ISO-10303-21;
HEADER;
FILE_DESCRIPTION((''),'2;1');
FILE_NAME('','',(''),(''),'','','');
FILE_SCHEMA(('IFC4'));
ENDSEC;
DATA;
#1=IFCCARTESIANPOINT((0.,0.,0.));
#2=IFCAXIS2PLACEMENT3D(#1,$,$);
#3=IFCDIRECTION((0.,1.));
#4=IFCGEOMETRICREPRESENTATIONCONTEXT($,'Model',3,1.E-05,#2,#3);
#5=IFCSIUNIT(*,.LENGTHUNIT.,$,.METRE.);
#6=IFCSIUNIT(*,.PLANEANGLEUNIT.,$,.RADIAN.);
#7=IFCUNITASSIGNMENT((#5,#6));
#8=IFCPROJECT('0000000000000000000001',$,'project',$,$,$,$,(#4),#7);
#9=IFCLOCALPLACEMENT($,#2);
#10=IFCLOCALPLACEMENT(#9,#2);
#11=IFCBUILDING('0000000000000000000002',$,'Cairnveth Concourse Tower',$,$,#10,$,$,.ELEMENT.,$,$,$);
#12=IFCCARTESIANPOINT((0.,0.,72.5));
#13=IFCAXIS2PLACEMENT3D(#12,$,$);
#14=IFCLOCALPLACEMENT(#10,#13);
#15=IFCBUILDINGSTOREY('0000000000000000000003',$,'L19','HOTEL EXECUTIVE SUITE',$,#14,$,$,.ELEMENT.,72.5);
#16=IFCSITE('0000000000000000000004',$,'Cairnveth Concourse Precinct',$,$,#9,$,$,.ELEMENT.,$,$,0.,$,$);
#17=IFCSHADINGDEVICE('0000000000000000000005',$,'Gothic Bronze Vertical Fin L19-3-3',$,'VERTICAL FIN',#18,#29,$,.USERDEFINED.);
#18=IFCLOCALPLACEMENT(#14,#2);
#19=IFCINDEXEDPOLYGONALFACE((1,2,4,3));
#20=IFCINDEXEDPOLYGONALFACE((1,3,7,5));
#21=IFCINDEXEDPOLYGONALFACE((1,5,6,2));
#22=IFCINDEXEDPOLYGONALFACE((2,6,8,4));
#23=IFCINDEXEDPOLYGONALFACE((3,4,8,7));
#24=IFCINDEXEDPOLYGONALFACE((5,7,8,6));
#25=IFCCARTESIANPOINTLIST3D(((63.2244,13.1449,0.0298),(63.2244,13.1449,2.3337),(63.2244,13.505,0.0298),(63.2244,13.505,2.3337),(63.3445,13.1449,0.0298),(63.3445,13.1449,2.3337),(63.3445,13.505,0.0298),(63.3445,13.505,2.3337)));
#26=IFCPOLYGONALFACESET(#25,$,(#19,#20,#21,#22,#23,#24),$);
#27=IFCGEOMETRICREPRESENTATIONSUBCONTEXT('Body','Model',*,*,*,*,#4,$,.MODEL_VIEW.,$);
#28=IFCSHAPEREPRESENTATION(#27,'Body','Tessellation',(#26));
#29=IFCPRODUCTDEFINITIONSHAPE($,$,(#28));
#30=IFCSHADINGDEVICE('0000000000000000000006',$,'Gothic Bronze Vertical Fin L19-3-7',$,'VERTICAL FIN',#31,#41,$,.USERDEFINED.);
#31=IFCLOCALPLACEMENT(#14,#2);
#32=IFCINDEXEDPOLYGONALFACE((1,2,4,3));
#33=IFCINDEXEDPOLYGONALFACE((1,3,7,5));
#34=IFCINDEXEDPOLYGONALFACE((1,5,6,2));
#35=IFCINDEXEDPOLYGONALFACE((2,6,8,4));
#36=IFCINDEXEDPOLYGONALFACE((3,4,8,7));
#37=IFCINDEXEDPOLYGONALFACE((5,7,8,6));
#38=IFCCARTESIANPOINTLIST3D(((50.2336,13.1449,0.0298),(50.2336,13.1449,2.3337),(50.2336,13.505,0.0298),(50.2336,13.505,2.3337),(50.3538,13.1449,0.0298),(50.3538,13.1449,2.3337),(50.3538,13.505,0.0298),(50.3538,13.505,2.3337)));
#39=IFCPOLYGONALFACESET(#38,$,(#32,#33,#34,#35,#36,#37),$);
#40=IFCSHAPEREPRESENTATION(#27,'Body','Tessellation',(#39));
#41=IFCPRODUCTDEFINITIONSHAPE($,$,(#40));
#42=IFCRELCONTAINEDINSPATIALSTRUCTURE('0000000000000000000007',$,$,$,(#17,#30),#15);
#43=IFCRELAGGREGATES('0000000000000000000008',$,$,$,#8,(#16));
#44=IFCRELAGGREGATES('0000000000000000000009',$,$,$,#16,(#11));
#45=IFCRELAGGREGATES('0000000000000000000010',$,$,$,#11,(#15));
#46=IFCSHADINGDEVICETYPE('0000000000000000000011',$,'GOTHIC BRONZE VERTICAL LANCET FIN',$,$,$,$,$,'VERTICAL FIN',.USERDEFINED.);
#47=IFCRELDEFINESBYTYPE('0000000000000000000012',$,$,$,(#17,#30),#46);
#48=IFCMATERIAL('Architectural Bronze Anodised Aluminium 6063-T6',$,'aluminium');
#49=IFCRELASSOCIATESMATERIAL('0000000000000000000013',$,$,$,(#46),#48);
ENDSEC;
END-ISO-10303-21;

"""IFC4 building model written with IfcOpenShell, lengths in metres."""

from ifc_helpers import new_model, si_unit, direction, frame, origin, origin_2d, place, context, subcontext, project, spatial, rectangle, extrude, material, type_object, element, save


model = new_model("IFC4")

# Units and contexts
model_context = context("Model", 3, precision=1e-05, world=origin(), true_north=direction((0.0, 1.0)))
body_context = subcontext(model_context, "Body", "Model", "MODEL_VIEW")
ifc_project = project(units=[si_unit("LENGTHUNIT", "METRE"), si_unit("PLANEANGLEUNIT", "RADIAN")], contexts=[model_context])

# Site, building, storey
site_placement = place(None, origin())
site = spatial("IfcSite", under=ifc_project, at=site_placement, Name="Cairnveth Concourse Precinct", CompositionType="ELEMENT", RefElevation=0.0)
building_placement = place(site_placement, origin())
building = spatial("IfcBuilding", under=site, at=building_placement, Name="Cairnveth Concourse Tower", CompositionType="ELEMENT")
storey_placement = place(building_placement, frame((0.0, 0.0, 72.5)))
storey = spatial("IfcBuildingStorey", under=building, at=storey_placement, Name="L19", Description="HOTEL EXECUTIVE SUITE", CompositionType="ELEMENT", Elevation=72.5)

# Shared definitions
ifc_material_1 = material(Name="Architectural Bronze Anodised Aluminium 6063-T6", Category="aluminium")

# Shading devices
shading_device_type = type_object("IfcShadingDeviceType", Name="GOTHIC BRONZE VERTICAL LANCET FIN", ElementType="VERTICAL FIN", PredefinedType="USERDEFINED", material=ifc_material_1)
for number, where, z_axis, x_axis, name in (
    (1, (63.2844, 13.325, 0.0298), (0.0, 0.0, 1.0), (1.0, 0.0, 0.0), "Gothic Bronze Vertical Fin L19-3-3"),
    (2, (50.2937, 13.325, 0.0298), (0.0, 0.0, 1.0), (1.0, 0.0, 0.0), "Gothic Bronze Vertical Fin L19-3-7"),
):
    element("IfcShadingDevice", number, at=place(storey_placement, frame(where, z_axis=z_axis, x_axis=x_axis)), inside=storey, type_object=shading_device_type, Name=name, ObjectType="VERTICAL FIN", PredefinedType="USERDEFINED", context=body_context, shape_type="SweptSolid", body=[
        extrude(rectangle(XDim=0.1201, YDim=0.3601, at=origin_2d()), origin(), (0.0, 0.0, 1.0), 2.304),
    ])

save(model, "model.ifc")
